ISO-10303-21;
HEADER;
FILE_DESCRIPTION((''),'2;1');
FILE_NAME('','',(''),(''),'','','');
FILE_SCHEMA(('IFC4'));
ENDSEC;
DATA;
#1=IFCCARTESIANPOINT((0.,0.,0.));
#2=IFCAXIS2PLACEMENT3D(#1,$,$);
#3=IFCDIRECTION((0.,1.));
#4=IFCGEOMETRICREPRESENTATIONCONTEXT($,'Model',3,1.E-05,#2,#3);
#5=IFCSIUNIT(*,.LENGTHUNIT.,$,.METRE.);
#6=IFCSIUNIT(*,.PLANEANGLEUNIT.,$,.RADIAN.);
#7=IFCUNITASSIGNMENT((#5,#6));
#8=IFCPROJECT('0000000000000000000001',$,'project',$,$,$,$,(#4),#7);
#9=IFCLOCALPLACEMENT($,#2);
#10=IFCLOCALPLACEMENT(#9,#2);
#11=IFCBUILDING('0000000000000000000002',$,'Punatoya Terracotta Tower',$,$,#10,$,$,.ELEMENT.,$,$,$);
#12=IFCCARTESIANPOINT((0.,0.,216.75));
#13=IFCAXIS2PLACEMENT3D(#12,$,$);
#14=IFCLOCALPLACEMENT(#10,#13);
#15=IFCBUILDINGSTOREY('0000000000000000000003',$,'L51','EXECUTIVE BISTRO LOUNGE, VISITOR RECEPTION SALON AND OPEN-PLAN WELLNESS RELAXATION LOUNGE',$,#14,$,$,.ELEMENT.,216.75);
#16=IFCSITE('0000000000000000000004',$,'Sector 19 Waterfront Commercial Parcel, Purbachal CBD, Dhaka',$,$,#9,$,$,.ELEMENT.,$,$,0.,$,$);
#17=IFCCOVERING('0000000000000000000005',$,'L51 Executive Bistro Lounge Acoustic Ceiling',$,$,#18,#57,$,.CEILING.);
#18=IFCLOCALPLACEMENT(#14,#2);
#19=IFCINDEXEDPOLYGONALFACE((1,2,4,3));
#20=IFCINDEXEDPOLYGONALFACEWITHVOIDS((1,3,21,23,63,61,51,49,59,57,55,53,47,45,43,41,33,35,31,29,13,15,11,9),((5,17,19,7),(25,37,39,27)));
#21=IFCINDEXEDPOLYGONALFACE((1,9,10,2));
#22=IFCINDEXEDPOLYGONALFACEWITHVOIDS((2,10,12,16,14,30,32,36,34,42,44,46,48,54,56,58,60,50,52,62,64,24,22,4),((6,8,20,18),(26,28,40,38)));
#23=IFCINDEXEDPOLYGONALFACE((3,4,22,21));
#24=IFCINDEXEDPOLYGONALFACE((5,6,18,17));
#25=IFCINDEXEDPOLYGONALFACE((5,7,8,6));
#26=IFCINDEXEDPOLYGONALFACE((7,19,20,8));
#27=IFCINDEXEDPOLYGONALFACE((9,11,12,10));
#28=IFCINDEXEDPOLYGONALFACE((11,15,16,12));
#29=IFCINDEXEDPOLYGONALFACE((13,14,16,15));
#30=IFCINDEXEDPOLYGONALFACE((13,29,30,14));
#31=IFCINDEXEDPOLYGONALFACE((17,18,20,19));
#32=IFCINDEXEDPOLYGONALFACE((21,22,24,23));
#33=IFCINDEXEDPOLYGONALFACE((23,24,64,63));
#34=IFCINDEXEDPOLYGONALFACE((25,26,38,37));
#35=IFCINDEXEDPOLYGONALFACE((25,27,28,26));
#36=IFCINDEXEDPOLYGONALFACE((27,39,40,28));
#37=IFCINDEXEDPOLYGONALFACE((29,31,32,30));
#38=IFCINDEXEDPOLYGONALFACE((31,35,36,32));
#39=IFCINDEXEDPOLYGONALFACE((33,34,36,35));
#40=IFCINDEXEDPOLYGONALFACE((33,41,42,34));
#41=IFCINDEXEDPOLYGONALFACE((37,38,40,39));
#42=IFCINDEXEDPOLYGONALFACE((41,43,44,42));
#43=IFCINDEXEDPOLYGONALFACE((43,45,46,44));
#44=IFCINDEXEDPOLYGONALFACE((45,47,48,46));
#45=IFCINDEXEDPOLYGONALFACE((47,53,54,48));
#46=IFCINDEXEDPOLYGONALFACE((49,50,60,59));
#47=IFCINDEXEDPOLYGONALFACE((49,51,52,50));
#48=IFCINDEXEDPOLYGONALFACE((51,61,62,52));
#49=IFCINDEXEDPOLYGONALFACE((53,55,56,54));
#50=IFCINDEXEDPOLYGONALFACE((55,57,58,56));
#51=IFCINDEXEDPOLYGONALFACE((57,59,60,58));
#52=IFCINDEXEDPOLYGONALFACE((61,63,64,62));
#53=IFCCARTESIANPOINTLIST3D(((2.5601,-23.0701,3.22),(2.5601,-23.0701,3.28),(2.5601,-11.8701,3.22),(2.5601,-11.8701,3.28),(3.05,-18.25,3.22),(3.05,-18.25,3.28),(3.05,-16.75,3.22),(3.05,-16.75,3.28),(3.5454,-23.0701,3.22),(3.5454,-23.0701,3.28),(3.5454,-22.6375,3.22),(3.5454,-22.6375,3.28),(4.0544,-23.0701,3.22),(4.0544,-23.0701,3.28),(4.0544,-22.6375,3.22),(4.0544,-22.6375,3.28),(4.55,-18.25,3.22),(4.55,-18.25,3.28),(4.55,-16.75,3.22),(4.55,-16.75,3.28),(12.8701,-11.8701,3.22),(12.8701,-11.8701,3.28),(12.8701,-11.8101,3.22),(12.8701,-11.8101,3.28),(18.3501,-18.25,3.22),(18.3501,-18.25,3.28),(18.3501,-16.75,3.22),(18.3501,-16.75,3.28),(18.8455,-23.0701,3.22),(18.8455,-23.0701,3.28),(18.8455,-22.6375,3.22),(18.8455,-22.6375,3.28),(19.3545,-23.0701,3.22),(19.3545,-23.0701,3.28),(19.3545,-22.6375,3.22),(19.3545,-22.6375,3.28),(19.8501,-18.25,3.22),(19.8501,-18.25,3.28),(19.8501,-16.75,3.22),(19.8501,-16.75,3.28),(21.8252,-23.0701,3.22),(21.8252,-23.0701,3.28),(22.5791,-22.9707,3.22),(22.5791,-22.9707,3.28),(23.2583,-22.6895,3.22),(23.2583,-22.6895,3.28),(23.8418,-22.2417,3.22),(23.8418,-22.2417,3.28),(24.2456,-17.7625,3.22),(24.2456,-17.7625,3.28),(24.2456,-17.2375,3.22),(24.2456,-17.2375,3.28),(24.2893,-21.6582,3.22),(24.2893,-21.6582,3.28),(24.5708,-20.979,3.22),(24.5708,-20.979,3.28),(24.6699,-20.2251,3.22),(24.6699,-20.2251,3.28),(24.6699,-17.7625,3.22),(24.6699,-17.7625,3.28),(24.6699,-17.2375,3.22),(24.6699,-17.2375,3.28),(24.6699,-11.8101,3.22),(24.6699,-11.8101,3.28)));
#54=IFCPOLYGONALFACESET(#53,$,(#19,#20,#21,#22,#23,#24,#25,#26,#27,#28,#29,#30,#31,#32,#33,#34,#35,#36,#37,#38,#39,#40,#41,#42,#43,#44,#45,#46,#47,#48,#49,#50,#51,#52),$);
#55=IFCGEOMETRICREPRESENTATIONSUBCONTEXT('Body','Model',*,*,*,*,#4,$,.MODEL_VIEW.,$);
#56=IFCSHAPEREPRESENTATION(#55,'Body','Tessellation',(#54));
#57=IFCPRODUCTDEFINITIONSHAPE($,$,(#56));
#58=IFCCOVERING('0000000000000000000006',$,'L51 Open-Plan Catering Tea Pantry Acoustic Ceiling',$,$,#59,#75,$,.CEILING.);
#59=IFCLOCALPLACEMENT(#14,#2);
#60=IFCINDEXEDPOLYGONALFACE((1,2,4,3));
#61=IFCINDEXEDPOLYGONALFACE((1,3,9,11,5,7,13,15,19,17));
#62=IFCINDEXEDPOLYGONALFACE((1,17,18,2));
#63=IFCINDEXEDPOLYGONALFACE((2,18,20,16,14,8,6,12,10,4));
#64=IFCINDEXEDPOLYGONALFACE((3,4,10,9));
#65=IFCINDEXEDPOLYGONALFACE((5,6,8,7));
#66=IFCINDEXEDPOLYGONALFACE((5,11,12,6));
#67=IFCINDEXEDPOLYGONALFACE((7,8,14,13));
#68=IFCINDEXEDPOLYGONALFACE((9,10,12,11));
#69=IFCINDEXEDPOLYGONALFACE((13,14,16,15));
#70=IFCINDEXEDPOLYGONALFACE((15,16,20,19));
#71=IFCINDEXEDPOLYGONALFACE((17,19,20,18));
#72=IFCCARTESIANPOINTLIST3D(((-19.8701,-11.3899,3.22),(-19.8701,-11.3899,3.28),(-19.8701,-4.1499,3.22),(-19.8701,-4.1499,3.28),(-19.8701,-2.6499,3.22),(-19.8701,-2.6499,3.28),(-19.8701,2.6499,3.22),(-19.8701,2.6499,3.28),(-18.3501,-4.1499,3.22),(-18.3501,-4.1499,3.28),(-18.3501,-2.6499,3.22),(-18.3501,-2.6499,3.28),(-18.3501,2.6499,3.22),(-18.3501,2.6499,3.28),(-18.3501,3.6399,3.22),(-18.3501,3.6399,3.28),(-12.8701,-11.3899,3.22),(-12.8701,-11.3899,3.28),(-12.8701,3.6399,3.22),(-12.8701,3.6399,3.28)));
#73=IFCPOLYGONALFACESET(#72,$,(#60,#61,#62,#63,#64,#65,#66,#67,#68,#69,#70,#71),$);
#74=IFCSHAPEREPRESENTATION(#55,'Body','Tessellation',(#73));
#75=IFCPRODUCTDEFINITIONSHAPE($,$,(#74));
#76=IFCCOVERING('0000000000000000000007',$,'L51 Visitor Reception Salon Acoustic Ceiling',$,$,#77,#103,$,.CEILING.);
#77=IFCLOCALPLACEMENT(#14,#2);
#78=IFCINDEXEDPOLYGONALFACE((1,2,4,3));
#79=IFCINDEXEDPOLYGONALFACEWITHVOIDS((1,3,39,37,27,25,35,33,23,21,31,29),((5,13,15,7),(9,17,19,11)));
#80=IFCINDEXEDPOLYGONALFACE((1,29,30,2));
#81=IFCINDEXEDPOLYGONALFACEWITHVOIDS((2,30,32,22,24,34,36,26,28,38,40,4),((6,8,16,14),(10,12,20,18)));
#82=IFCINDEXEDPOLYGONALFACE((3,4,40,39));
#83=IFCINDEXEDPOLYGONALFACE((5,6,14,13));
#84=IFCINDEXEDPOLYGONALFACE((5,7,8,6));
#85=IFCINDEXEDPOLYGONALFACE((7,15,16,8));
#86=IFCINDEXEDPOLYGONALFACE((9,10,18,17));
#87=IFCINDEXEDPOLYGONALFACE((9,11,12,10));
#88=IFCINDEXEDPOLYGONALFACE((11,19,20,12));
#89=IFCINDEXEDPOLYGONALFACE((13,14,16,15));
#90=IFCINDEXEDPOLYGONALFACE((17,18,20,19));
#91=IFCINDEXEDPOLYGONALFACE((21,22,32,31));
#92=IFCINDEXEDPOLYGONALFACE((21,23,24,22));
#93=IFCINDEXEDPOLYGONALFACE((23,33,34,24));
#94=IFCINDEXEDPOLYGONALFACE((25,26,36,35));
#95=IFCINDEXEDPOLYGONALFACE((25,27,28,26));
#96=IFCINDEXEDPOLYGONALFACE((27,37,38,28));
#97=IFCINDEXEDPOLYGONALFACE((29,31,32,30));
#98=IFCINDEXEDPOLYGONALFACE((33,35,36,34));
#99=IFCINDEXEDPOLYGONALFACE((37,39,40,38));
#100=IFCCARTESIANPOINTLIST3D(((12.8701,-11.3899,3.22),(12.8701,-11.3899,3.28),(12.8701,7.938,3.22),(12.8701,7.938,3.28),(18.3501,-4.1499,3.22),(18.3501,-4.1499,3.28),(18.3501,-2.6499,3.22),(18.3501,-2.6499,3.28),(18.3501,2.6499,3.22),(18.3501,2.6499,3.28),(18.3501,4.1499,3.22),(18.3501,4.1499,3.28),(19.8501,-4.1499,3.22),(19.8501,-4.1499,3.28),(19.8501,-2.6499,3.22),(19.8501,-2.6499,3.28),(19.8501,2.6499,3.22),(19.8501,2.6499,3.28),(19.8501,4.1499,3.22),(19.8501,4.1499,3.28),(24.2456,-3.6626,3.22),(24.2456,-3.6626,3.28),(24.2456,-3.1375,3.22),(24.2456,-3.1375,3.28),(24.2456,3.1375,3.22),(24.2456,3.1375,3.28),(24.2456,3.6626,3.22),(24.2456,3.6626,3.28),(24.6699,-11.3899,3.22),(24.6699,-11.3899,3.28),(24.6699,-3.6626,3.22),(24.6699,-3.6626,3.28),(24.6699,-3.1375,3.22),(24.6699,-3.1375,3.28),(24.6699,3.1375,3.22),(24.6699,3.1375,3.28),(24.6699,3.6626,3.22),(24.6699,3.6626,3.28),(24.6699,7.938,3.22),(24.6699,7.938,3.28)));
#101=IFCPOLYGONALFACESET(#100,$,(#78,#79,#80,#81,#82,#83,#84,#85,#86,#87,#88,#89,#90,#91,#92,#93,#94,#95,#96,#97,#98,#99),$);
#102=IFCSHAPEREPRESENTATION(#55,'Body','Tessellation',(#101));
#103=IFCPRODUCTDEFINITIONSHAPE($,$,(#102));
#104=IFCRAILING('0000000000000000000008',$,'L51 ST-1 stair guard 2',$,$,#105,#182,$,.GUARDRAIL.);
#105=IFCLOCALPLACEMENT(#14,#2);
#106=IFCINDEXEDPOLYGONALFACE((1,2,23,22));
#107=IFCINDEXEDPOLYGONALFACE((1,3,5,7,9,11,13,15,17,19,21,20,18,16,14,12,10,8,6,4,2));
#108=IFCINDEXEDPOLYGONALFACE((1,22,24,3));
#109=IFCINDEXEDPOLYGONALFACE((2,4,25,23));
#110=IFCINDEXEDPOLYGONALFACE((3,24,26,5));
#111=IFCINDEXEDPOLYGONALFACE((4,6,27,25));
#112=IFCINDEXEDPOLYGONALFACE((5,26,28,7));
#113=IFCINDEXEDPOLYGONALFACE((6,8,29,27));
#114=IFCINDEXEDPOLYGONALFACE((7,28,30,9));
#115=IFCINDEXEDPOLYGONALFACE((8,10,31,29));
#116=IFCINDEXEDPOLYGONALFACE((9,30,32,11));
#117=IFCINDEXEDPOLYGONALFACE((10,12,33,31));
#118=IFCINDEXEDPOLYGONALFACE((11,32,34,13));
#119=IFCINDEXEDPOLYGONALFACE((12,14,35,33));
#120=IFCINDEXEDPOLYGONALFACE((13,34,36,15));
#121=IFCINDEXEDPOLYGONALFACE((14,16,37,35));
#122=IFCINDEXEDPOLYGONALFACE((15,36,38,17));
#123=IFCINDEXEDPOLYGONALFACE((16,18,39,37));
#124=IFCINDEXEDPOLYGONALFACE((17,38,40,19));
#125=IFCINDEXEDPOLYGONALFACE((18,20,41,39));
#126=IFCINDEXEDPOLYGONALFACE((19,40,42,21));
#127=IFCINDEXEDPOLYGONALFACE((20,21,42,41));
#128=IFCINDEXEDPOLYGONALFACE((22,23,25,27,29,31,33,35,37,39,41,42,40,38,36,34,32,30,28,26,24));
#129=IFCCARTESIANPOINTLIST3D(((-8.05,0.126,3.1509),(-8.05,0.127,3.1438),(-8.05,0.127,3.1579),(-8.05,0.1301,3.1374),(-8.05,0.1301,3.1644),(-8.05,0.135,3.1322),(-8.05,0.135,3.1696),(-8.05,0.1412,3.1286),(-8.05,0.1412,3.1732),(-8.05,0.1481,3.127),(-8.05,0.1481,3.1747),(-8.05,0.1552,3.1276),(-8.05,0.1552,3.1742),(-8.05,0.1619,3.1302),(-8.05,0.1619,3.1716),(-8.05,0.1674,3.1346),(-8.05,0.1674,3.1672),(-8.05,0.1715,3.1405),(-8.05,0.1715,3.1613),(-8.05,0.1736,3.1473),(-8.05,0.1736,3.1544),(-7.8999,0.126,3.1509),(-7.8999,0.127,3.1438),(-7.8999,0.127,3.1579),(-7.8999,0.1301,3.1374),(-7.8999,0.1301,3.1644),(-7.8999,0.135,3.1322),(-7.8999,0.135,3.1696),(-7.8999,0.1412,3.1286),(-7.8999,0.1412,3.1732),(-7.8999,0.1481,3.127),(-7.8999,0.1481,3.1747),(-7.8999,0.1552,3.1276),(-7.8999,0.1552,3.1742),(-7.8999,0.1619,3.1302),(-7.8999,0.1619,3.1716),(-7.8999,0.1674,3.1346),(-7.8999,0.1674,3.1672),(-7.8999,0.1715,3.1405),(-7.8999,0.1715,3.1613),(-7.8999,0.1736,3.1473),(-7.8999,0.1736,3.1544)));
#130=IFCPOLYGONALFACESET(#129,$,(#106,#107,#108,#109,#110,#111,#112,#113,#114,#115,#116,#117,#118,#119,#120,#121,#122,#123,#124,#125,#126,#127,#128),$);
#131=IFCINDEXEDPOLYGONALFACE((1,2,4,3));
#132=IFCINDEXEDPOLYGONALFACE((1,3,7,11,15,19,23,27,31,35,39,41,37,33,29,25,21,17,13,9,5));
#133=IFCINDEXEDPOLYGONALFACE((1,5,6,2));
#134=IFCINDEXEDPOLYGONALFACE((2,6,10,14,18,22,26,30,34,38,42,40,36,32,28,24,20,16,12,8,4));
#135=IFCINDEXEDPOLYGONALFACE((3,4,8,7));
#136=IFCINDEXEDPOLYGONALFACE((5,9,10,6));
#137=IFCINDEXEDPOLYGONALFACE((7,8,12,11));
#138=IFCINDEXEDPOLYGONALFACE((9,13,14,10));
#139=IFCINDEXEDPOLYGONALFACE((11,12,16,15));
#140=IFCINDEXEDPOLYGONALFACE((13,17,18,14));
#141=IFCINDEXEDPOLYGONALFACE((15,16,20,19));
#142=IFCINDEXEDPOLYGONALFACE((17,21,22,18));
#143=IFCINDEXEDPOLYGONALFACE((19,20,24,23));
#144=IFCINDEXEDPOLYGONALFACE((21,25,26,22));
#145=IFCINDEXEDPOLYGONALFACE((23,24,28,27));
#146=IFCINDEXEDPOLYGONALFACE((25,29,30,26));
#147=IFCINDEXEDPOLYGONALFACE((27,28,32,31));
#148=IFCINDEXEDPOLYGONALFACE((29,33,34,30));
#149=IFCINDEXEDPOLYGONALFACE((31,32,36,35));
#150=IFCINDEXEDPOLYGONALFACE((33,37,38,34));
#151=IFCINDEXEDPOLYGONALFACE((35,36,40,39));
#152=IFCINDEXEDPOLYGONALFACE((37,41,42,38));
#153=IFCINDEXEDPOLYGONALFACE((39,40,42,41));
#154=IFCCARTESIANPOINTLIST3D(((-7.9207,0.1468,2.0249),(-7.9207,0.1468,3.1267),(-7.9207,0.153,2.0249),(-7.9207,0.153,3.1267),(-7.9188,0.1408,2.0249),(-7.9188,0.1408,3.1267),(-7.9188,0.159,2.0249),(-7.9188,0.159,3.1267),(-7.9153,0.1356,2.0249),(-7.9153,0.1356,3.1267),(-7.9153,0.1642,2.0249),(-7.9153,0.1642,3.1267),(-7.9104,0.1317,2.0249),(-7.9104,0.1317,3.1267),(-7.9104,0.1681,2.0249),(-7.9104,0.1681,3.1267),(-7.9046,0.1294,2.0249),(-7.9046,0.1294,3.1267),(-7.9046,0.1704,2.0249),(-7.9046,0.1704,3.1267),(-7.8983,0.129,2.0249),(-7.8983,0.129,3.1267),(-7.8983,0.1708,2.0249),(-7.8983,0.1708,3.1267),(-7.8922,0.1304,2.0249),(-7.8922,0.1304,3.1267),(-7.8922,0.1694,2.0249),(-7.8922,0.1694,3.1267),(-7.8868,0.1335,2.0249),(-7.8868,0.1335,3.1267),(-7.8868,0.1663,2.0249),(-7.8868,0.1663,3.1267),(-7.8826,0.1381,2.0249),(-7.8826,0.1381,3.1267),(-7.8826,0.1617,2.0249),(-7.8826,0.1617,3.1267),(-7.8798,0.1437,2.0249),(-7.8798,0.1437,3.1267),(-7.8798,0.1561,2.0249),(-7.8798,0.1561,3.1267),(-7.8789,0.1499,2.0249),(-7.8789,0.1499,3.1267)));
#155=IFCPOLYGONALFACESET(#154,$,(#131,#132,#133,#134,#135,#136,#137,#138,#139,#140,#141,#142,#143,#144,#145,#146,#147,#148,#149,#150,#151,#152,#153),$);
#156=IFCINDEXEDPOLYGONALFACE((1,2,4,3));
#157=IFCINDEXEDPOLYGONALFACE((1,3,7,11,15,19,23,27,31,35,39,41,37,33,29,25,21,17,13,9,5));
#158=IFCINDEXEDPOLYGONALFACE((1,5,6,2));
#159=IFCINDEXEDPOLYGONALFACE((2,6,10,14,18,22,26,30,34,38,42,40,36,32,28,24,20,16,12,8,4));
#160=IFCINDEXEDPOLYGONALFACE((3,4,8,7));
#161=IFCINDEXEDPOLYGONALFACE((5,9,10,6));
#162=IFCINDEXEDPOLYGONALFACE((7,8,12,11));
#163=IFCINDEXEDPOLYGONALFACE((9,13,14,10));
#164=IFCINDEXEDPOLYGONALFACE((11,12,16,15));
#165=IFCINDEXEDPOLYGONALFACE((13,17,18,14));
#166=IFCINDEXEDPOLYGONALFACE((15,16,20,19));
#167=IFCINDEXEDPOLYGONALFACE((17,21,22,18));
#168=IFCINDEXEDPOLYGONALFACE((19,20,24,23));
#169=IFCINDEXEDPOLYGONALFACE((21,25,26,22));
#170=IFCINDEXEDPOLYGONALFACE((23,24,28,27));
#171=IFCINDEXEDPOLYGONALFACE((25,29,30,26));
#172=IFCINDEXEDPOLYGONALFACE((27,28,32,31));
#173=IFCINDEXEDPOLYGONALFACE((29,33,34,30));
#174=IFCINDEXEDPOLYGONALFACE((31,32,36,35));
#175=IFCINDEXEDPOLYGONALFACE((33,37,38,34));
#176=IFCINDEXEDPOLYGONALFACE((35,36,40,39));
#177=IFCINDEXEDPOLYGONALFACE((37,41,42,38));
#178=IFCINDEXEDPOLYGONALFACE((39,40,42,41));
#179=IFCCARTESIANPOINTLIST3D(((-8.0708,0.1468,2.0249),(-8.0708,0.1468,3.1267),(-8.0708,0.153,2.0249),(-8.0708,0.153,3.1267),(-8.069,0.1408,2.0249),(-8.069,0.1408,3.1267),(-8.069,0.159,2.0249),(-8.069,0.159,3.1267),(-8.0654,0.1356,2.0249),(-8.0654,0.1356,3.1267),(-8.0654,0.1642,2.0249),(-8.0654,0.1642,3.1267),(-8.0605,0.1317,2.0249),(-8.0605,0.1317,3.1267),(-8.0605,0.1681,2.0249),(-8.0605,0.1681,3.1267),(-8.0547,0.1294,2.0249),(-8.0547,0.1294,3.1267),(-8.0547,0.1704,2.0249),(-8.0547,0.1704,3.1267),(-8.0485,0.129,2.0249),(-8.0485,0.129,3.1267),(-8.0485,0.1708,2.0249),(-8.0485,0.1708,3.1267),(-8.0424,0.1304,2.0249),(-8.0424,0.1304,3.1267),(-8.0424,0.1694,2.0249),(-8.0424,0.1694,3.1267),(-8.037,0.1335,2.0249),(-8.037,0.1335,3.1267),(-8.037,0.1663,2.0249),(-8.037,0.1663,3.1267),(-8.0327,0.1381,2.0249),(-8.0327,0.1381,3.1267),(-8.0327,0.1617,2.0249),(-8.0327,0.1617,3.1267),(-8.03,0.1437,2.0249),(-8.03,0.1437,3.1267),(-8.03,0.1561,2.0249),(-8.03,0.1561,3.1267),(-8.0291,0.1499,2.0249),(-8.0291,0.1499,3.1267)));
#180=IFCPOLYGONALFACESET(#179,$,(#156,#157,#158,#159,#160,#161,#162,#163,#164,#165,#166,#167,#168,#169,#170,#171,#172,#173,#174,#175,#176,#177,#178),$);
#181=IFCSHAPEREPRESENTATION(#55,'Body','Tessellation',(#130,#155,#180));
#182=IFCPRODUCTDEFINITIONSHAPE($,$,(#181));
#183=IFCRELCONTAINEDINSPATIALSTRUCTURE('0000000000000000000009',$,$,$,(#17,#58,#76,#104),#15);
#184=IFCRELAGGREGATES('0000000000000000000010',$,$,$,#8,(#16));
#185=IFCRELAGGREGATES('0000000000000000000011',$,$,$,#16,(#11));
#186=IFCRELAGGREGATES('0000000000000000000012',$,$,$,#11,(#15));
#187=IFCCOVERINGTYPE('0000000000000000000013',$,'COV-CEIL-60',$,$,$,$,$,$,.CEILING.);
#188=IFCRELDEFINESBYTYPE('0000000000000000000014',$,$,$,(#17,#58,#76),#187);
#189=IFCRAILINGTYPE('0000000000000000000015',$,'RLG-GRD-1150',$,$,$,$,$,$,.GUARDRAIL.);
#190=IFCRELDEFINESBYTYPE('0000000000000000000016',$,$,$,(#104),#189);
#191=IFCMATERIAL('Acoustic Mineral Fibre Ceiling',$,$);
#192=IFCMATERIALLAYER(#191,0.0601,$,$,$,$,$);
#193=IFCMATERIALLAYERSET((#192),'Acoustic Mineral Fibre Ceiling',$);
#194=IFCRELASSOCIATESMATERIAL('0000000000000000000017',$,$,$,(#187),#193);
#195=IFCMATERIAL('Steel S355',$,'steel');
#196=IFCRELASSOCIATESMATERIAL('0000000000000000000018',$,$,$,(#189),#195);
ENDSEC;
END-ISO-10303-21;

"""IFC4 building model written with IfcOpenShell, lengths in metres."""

from ifc_helpers import new_model, si_unit, direction, frame, origin, origin_2d, place, context, subcontext, project, spatial, polyline, circle, outline, extrude, material, layer, layer_set, type_object, element, save


model = new_model("IFC4")

# Units and contexts
model_context = context("Model", 3, precision=1e-05, world=origin(), true_north=direction((0.0, 1.0)))
body_context = subcontext(model_context, "Body", "Model", "MODEL_VIEW")
ifc_project = project(units=[si_unit("LENGTHUNIT", "METRE"), si_unit("PLANEANGLEUNIT", "RADIAN")], contexts=[model_context])

# Site, building, storey
site_placement = place(None, origin())
site = spatial("IfcSite", under=ifc_project, at=site_placement, Name="Sector 19 Waterfront Commercial Parcel, Purbachal CBD, Dhaka", CompositionType="ELEMENT", RefElevation=0.0)
building_placement = place(site_placement, origin())
building = spatial("IfcBuilding", under=site, at=building_placement, Name="Punatoya Terracotta Tower", CompositionType="ELEMENT")
storey_placement = place(building_placement, frame((0.0, 0.0, 216.75)))
storey = spatial("IfcBuildingStorey", under=building, at=storey_placement, Name="L51", Description="EXECUTIVE BISTRO LOUNGE, VISITOR RECEPTION SALON AND OPEN-PLAN WELLNESS RELAXATION LOUNGE", CompositionType="ELEMENT", Elevation=216.75)

# Shared definitions
ifc_material_1 = material(Name="Steel S355", Category="steel")

# Coverings
ifc_material_2 = material(Name="Acoustic Mineral Fibre Ceiling")
ifc_layer_1 = layer(ifc_material_2, 0.0601)
ifc_layer_set_1 = layer_set([ifc_layer_1], Name="Acoustic Mineral Fibre Ceiling")
covering_type = type_object("IfcCoveringType", Name="COV-CEIL-60", PredefinedType="CEILING", material=ifc_layer_set_1)
covering_1_placement = place(storey_placement, frame((0.0, 0.0, 3.22)))
element("IfcCovering", 1, at=covering_1_placement, inside=storey, type_object=covering_type, Name="L51 Executive Bistro Lounge Acoustic Ceiling", PredefinedType="CEILING", context=body_context, shape_type="SweptSolid", body=[
    extrude(outline(polyline([(12.8701, -11.8701), (2.5601, -11.8701), (2.5601, -23.0701), (3.5454, -23.0701), (3.5454, -22.6375), (4.0544, -22.6375), (4.0544, -23.0701), (18.8455, -23.0701), (18.8455, -22.6375), (19.3545, -22.6375), (19.3545, -23.0701), (21.8252, -23.0701), (22.5791, -22.9707), (23.2583, -22.6895), (23.8418, -22.2417), (24.2893, -21.6582), (24.5708, -20.979), (24.6699, -20.2251), (24.6699, -17.7625), (24.2456, -17.7625), (24.2456, -17.2375), (24.6699, -17.2375), (24.6699, -11.8101), (12.8701, -11.8101), (12.8701, -11.8701)]), holes=[polyline([(19.8501, -18.25), (18.3501, -18.25), (18.3501, -16.75), (19.8501, -16.75), (19.8501, -18.25)]), polyline([(4.55, -16.75), (4.55, -18.25), (3.05, -18.25), (3.05, -16.75), (4.55, -16.75)])]), origin(), (0.0, 0.0, 1.0), 0.0601),
])
covering_2_placement = place(storey_placement, frame((0.0, 0.0, 3.22)))
element("IfcCovering", 2, at=covering_2_placement, inside=storey, type_object=covering_type, Name="L51 Open-Plan Catering Tea Pantry Acoustic Ceiling", PredefinedType="CEILING", context=body_context, shape_type="SweptSolid", body=[
    extrude(outline(polyline([(-19.8701, 2.6499), (-19.8701, -2.6499), (-18.3501, -2.6499), (-18.3501, -4.1499), (-19.8701, -4.1499), (-19.8701, -11.3899), (-12.8701, -11.3899), (-12.8701, 3.6399), (-18.3501, 3.6399), (-18.3501, 2.6499), (-19.8701, 2.6499)])), origin(), (0.0, 0.0, 1.0), 0.0601),
])
covering_3_placement = place(storey_placement, frame((0.0, 0.0, 3.22)))
element("IfcCovering", 3, at=covering_3_placement, inside=storey, type_object=covering_type, Name="L51 Visitor Reception Salon Acoustic Ceiling", PredefinedType="CEILING", context=body_context, shape_type="SweptSolid", body=[
    extrude(outline(polyline([(24.6699, 3.6626), (24.6699, 7.938), (12.8701, 7.938), (12.8701, -11.3899), (24.6699, -11.3899), (24.6699, -3.6626), (24.2456, -3.6626), (24.2456, -3.1375), (24.6699, -3.1375), (24.6699, 3.1375), (24.2456, 3.1375), (24.2456, 3.6626), (24.6699, 3.6626)]), holes=[polyline([(18.3501, -4.1499), (18.3501, -2.6499), (19.8501, -2.6499), (19.8501, -4.1499), (18.3501, -4.1499)]), polyline([(18.3501, 4.1499), (19.8501, 4.1499), (19.8501, 2.6499), (18.3501, 2.6499), (18.3501, 4.1499)])]), origin(), (0.0, 0.0, 1.0), 0.0601),
])

# Railing
railing_type_1 = type_object("IfcRailingType", Name="RLG-GRD-1150", PredefinedType="GUARDRAIL", material=ifc_material_1)
railing_1_placement = place(storey_placement, frame((-7.8999, 0.1499, 2.0249)))
element("IfcRailing", 4, at=railing_1_placement, inside=storey, type_object=railing_type_1, Name="L51 ST-1 stair guard 2", PredefinedType="GUARDRAIL", context=body_context, shape_type="SweptSolid", body=[
    extrude(circle(Radius=0.0239, at=origin_2d()), frame((0.0, 0.0, 1.126), z_axis=(-1.0, 0.0, 0.0), x_axis=(0.0, -1.0, 0.0)), (0.0, 0.0, 1.0), 0.1501),
    extrude(circle(Radius=0.021, at=origin_2d()), origin(), (0.0, 0.0, 1.0), 1.1018),
    extrude(circle(Radius=0.021, at=origin_2d()), frame((-0.1501, 0.0, 0.0)), (0.0, 0.0, 1.0), 1.1018),
])

save(model, "model.ifc")
